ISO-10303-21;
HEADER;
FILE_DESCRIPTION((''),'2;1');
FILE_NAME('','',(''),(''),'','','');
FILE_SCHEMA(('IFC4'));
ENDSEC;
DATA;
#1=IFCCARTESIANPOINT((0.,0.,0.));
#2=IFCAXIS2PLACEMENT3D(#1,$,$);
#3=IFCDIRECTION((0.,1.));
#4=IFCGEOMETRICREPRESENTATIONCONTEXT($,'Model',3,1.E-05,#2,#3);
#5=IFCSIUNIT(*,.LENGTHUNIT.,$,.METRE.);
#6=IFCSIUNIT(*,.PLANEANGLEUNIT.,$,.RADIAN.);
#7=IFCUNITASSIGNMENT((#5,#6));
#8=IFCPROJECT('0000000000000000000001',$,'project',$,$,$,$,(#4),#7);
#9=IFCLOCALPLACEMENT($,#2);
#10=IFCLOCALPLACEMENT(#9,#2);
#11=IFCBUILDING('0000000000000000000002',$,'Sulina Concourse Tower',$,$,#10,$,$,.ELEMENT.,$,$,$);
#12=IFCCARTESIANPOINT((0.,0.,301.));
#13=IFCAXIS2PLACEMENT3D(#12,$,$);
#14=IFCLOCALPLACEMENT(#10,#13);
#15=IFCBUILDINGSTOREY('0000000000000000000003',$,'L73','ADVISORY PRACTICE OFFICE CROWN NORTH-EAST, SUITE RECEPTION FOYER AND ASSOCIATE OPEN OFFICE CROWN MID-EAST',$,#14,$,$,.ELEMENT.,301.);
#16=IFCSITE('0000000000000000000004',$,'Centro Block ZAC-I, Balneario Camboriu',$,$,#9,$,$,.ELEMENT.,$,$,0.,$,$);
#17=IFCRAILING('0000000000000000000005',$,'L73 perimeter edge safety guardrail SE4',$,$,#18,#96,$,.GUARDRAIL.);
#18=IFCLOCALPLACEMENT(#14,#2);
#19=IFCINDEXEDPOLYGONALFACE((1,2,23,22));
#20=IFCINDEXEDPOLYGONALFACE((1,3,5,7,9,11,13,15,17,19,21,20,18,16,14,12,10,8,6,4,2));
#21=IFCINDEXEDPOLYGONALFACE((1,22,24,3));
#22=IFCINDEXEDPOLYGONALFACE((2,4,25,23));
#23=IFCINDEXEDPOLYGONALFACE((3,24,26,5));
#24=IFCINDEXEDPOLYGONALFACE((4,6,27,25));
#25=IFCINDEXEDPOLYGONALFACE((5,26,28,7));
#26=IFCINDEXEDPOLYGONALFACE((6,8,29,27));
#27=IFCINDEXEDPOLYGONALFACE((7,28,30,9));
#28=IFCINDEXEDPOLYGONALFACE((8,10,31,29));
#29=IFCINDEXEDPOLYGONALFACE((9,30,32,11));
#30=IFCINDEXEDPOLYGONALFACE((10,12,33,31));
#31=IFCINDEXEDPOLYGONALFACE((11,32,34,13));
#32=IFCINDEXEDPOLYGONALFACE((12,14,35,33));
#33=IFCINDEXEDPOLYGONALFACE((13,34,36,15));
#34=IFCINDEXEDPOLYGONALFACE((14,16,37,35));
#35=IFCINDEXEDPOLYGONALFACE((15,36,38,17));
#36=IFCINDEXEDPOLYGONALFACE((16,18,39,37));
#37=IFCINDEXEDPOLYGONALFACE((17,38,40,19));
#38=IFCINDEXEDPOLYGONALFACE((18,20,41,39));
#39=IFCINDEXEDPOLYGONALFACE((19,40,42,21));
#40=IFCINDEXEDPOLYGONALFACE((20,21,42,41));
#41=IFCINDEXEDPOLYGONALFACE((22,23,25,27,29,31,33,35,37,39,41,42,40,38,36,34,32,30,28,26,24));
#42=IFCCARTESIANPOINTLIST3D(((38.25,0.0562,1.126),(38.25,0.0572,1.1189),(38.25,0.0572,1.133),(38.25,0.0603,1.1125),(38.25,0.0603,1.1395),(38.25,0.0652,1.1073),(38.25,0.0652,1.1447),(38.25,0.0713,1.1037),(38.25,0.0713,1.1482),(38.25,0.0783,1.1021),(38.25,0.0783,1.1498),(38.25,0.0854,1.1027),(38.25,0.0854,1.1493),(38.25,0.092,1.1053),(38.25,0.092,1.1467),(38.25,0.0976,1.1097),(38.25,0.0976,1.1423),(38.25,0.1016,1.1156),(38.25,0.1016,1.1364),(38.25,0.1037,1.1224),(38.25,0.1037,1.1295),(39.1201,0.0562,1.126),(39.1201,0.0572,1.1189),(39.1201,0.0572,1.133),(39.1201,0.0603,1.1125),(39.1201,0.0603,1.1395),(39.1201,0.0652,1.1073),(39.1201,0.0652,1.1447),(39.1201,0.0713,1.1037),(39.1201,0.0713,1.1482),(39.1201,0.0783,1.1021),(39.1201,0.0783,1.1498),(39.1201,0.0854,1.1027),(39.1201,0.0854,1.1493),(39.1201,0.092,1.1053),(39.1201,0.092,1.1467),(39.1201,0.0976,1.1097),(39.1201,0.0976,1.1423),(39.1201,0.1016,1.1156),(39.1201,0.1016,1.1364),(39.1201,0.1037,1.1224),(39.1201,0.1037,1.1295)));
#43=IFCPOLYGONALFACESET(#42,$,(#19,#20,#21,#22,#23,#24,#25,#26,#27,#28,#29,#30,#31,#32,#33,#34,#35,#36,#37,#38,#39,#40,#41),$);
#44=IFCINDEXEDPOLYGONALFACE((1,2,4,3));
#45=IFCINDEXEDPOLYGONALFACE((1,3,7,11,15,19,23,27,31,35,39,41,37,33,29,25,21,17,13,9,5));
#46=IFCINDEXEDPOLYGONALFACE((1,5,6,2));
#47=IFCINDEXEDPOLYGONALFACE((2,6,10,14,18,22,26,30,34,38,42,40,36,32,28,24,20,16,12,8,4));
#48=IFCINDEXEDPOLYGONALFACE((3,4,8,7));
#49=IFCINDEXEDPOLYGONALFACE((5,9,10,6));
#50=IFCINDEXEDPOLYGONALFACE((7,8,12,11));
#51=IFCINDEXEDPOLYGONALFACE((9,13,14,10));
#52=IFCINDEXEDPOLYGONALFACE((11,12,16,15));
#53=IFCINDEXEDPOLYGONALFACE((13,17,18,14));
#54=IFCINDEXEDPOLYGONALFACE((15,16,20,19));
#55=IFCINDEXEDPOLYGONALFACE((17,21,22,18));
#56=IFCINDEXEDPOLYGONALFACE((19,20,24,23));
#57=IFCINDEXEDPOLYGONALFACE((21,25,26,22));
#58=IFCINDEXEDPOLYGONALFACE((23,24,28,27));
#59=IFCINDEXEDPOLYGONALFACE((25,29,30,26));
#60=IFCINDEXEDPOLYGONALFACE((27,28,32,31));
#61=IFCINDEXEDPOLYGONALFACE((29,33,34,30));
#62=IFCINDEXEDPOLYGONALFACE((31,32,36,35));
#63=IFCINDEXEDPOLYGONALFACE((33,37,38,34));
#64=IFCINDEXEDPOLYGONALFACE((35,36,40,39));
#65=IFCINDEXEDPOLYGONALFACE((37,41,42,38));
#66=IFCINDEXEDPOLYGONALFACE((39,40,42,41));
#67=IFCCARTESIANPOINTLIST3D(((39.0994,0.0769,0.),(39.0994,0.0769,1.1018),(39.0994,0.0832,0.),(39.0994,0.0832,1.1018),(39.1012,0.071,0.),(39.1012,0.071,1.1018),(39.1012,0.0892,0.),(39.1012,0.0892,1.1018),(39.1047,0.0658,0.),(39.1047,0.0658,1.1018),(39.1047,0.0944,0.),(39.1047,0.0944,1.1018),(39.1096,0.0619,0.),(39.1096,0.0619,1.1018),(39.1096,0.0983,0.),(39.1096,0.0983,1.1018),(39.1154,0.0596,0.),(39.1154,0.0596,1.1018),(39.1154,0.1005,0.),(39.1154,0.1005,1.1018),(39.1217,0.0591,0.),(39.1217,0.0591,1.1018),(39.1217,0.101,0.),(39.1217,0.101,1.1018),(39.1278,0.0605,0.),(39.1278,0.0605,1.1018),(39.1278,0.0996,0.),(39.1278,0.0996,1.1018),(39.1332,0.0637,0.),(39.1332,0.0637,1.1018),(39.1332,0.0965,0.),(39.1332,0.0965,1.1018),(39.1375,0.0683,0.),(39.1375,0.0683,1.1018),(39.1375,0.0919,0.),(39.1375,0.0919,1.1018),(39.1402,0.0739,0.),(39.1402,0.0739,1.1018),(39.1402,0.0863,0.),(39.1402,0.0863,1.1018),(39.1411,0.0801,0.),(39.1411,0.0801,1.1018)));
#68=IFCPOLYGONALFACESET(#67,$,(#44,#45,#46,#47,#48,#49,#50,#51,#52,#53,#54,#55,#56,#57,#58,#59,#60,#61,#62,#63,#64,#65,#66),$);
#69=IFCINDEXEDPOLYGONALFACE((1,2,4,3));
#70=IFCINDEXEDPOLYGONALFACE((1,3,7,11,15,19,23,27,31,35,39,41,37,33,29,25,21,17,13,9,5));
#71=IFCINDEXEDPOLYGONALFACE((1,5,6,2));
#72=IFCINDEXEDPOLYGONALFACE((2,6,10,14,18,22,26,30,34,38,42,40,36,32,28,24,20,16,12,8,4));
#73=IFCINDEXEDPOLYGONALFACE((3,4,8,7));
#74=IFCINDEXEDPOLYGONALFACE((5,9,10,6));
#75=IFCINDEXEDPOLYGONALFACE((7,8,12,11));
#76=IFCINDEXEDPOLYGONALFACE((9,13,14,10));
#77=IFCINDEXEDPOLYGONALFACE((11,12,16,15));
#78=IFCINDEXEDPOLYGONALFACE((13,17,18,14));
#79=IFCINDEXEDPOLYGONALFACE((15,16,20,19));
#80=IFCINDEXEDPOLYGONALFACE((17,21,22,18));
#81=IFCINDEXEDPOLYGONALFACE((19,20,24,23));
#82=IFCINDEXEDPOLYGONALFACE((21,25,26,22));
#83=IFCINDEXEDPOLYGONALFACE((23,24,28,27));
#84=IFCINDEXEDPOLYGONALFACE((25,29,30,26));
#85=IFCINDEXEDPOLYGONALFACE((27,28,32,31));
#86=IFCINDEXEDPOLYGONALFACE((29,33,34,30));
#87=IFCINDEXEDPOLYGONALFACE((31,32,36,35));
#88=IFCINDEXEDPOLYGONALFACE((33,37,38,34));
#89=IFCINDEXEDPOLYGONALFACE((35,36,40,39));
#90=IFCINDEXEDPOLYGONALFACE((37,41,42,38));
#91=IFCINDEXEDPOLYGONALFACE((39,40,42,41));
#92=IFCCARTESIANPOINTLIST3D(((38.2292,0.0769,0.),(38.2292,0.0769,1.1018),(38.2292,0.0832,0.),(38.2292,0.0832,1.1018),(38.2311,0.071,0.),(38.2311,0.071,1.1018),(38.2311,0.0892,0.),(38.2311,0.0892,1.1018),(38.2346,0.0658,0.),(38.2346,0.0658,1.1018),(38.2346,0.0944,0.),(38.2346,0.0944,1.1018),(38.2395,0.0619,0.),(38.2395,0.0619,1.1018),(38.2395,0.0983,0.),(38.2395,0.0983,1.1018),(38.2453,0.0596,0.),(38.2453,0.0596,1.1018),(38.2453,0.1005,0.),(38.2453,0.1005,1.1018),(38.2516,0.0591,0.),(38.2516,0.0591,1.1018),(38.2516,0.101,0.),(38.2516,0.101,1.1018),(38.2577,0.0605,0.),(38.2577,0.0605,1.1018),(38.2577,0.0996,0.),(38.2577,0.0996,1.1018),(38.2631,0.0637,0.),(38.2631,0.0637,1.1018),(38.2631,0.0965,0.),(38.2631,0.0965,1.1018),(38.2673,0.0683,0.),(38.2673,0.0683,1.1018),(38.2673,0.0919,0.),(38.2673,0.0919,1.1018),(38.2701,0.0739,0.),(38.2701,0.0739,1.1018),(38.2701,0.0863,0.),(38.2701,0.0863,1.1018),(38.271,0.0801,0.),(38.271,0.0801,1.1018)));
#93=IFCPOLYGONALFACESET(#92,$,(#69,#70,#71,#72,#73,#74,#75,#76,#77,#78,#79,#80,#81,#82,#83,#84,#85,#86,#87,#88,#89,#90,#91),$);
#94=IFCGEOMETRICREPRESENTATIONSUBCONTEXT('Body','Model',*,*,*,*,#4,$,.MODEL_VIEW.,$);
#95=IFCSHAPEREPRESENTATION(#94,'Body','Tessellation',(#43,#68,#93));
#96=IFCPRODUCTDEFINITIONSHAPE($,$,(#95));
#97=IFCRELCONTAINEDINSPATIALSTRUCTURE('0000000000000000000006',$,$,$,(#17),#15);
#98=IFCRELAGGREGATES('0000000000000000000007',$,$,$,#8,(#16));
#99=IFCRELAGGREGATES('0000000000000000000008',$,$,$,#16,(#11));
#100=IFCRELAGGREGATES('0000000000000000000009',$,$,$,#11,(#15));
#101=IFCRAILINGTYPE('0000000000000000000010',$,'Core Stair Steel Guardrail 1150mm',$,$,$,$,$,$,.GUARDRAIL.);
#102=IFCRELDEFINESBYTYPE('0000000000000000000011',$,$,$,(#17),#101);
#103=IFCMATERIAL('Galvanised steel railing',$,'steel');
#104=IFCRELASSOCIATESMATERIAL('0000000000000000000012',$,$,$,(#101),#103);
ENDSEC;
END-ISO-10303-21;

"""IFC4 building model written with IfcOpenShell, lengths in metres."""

from ifc_helpers import new_model, si_unit, direction, frame, origin, origin_2d, place, context, subcontext, project, spatial, circle, extrude, material, type_object, element, save


model = new_model("IFC4")

# Units and contexts
model_context = context("Model", 3, precision=1e-05, world=origin(), true_north=direction((0.0, 1.0)))
body_context = subcontext(model_context, "Body", "Model", "MODEL_VIEW")
ifc_project = project(units=[si_unit("LENGTHUNIT", "METRE"), si_unit("PLANEANGLEUNIT", "RADIAN")], contexts=[model_context])

# Site, building, storey
site_placement = place(None, origin())
site = spatial("IfcSite", under=ifc_project, at=site_placement, Name="Centro Block ZAC-I, Balneario Camboriu", CompositionType="ELEMENT", RefElevation=0.0)
building_placement = place(site_placement, origin())
building = spatial("IfcBuilding", under=site, at=building_placement, Name="Sulina Concourse Tower", CompositionType="ELEMENT")
storey_placement = place(building_placement, frame((0.0, 0.0, 301.0)))
storey = spatial("IfcBuildingStorey", under=building, at=storey_placement, Name="L73", Description="ADVISORY PRACTICE OFFICE CROWN NORTH-EAST, SUITE RECEPTION FOYER AND ASSOCIATE OPEN OFFICE CROWN MID-EAST", CompositionType="ELEMENT", Elevation=301.0)

# Railing
ifc_material_1 = material(Name="Galvanised steel railing", Category="steel")
railing_type = type_object("IfcRailingType", Name="Core Stair Steel Guardrail 1150mm", PredefinedType="GUARDRAIL", material=ifc_material_1)
railing_1_placement = place(storey_placement, frame((39.1201, 0.0801, 0.0)))
element("IfcRailing", 1, at=railing_1_placement, inside=storey, type_object=railing_type, Name="L73 perimeter edge safety guardrail SE4", PredefinedType="GUARDRAIL", context=body_context, shape_type="SweptSolid", body=[
    extrude(circle(Radius=0.0239, at=origin_2d()), frame((0.0, 0.0, 1.126), z_axis=(-1.0, 0.0, 0.0), x_axis=(0.0, -1.0, 0.0)), (0.0, 0.0, 1.0), 0.8701),
    extrude(circle(Radius=0.021, at=origin_2d()), origin(), (0.0, 0.0, 1.0), 1.1018),
    extrude(circle(Radius=0.021, at=origin_2d()), frame((-0.8701, 0.0, 0.0)), (0.0, 0.0, 1.0), 1.1018),
])

save(model, "model.ifc")
